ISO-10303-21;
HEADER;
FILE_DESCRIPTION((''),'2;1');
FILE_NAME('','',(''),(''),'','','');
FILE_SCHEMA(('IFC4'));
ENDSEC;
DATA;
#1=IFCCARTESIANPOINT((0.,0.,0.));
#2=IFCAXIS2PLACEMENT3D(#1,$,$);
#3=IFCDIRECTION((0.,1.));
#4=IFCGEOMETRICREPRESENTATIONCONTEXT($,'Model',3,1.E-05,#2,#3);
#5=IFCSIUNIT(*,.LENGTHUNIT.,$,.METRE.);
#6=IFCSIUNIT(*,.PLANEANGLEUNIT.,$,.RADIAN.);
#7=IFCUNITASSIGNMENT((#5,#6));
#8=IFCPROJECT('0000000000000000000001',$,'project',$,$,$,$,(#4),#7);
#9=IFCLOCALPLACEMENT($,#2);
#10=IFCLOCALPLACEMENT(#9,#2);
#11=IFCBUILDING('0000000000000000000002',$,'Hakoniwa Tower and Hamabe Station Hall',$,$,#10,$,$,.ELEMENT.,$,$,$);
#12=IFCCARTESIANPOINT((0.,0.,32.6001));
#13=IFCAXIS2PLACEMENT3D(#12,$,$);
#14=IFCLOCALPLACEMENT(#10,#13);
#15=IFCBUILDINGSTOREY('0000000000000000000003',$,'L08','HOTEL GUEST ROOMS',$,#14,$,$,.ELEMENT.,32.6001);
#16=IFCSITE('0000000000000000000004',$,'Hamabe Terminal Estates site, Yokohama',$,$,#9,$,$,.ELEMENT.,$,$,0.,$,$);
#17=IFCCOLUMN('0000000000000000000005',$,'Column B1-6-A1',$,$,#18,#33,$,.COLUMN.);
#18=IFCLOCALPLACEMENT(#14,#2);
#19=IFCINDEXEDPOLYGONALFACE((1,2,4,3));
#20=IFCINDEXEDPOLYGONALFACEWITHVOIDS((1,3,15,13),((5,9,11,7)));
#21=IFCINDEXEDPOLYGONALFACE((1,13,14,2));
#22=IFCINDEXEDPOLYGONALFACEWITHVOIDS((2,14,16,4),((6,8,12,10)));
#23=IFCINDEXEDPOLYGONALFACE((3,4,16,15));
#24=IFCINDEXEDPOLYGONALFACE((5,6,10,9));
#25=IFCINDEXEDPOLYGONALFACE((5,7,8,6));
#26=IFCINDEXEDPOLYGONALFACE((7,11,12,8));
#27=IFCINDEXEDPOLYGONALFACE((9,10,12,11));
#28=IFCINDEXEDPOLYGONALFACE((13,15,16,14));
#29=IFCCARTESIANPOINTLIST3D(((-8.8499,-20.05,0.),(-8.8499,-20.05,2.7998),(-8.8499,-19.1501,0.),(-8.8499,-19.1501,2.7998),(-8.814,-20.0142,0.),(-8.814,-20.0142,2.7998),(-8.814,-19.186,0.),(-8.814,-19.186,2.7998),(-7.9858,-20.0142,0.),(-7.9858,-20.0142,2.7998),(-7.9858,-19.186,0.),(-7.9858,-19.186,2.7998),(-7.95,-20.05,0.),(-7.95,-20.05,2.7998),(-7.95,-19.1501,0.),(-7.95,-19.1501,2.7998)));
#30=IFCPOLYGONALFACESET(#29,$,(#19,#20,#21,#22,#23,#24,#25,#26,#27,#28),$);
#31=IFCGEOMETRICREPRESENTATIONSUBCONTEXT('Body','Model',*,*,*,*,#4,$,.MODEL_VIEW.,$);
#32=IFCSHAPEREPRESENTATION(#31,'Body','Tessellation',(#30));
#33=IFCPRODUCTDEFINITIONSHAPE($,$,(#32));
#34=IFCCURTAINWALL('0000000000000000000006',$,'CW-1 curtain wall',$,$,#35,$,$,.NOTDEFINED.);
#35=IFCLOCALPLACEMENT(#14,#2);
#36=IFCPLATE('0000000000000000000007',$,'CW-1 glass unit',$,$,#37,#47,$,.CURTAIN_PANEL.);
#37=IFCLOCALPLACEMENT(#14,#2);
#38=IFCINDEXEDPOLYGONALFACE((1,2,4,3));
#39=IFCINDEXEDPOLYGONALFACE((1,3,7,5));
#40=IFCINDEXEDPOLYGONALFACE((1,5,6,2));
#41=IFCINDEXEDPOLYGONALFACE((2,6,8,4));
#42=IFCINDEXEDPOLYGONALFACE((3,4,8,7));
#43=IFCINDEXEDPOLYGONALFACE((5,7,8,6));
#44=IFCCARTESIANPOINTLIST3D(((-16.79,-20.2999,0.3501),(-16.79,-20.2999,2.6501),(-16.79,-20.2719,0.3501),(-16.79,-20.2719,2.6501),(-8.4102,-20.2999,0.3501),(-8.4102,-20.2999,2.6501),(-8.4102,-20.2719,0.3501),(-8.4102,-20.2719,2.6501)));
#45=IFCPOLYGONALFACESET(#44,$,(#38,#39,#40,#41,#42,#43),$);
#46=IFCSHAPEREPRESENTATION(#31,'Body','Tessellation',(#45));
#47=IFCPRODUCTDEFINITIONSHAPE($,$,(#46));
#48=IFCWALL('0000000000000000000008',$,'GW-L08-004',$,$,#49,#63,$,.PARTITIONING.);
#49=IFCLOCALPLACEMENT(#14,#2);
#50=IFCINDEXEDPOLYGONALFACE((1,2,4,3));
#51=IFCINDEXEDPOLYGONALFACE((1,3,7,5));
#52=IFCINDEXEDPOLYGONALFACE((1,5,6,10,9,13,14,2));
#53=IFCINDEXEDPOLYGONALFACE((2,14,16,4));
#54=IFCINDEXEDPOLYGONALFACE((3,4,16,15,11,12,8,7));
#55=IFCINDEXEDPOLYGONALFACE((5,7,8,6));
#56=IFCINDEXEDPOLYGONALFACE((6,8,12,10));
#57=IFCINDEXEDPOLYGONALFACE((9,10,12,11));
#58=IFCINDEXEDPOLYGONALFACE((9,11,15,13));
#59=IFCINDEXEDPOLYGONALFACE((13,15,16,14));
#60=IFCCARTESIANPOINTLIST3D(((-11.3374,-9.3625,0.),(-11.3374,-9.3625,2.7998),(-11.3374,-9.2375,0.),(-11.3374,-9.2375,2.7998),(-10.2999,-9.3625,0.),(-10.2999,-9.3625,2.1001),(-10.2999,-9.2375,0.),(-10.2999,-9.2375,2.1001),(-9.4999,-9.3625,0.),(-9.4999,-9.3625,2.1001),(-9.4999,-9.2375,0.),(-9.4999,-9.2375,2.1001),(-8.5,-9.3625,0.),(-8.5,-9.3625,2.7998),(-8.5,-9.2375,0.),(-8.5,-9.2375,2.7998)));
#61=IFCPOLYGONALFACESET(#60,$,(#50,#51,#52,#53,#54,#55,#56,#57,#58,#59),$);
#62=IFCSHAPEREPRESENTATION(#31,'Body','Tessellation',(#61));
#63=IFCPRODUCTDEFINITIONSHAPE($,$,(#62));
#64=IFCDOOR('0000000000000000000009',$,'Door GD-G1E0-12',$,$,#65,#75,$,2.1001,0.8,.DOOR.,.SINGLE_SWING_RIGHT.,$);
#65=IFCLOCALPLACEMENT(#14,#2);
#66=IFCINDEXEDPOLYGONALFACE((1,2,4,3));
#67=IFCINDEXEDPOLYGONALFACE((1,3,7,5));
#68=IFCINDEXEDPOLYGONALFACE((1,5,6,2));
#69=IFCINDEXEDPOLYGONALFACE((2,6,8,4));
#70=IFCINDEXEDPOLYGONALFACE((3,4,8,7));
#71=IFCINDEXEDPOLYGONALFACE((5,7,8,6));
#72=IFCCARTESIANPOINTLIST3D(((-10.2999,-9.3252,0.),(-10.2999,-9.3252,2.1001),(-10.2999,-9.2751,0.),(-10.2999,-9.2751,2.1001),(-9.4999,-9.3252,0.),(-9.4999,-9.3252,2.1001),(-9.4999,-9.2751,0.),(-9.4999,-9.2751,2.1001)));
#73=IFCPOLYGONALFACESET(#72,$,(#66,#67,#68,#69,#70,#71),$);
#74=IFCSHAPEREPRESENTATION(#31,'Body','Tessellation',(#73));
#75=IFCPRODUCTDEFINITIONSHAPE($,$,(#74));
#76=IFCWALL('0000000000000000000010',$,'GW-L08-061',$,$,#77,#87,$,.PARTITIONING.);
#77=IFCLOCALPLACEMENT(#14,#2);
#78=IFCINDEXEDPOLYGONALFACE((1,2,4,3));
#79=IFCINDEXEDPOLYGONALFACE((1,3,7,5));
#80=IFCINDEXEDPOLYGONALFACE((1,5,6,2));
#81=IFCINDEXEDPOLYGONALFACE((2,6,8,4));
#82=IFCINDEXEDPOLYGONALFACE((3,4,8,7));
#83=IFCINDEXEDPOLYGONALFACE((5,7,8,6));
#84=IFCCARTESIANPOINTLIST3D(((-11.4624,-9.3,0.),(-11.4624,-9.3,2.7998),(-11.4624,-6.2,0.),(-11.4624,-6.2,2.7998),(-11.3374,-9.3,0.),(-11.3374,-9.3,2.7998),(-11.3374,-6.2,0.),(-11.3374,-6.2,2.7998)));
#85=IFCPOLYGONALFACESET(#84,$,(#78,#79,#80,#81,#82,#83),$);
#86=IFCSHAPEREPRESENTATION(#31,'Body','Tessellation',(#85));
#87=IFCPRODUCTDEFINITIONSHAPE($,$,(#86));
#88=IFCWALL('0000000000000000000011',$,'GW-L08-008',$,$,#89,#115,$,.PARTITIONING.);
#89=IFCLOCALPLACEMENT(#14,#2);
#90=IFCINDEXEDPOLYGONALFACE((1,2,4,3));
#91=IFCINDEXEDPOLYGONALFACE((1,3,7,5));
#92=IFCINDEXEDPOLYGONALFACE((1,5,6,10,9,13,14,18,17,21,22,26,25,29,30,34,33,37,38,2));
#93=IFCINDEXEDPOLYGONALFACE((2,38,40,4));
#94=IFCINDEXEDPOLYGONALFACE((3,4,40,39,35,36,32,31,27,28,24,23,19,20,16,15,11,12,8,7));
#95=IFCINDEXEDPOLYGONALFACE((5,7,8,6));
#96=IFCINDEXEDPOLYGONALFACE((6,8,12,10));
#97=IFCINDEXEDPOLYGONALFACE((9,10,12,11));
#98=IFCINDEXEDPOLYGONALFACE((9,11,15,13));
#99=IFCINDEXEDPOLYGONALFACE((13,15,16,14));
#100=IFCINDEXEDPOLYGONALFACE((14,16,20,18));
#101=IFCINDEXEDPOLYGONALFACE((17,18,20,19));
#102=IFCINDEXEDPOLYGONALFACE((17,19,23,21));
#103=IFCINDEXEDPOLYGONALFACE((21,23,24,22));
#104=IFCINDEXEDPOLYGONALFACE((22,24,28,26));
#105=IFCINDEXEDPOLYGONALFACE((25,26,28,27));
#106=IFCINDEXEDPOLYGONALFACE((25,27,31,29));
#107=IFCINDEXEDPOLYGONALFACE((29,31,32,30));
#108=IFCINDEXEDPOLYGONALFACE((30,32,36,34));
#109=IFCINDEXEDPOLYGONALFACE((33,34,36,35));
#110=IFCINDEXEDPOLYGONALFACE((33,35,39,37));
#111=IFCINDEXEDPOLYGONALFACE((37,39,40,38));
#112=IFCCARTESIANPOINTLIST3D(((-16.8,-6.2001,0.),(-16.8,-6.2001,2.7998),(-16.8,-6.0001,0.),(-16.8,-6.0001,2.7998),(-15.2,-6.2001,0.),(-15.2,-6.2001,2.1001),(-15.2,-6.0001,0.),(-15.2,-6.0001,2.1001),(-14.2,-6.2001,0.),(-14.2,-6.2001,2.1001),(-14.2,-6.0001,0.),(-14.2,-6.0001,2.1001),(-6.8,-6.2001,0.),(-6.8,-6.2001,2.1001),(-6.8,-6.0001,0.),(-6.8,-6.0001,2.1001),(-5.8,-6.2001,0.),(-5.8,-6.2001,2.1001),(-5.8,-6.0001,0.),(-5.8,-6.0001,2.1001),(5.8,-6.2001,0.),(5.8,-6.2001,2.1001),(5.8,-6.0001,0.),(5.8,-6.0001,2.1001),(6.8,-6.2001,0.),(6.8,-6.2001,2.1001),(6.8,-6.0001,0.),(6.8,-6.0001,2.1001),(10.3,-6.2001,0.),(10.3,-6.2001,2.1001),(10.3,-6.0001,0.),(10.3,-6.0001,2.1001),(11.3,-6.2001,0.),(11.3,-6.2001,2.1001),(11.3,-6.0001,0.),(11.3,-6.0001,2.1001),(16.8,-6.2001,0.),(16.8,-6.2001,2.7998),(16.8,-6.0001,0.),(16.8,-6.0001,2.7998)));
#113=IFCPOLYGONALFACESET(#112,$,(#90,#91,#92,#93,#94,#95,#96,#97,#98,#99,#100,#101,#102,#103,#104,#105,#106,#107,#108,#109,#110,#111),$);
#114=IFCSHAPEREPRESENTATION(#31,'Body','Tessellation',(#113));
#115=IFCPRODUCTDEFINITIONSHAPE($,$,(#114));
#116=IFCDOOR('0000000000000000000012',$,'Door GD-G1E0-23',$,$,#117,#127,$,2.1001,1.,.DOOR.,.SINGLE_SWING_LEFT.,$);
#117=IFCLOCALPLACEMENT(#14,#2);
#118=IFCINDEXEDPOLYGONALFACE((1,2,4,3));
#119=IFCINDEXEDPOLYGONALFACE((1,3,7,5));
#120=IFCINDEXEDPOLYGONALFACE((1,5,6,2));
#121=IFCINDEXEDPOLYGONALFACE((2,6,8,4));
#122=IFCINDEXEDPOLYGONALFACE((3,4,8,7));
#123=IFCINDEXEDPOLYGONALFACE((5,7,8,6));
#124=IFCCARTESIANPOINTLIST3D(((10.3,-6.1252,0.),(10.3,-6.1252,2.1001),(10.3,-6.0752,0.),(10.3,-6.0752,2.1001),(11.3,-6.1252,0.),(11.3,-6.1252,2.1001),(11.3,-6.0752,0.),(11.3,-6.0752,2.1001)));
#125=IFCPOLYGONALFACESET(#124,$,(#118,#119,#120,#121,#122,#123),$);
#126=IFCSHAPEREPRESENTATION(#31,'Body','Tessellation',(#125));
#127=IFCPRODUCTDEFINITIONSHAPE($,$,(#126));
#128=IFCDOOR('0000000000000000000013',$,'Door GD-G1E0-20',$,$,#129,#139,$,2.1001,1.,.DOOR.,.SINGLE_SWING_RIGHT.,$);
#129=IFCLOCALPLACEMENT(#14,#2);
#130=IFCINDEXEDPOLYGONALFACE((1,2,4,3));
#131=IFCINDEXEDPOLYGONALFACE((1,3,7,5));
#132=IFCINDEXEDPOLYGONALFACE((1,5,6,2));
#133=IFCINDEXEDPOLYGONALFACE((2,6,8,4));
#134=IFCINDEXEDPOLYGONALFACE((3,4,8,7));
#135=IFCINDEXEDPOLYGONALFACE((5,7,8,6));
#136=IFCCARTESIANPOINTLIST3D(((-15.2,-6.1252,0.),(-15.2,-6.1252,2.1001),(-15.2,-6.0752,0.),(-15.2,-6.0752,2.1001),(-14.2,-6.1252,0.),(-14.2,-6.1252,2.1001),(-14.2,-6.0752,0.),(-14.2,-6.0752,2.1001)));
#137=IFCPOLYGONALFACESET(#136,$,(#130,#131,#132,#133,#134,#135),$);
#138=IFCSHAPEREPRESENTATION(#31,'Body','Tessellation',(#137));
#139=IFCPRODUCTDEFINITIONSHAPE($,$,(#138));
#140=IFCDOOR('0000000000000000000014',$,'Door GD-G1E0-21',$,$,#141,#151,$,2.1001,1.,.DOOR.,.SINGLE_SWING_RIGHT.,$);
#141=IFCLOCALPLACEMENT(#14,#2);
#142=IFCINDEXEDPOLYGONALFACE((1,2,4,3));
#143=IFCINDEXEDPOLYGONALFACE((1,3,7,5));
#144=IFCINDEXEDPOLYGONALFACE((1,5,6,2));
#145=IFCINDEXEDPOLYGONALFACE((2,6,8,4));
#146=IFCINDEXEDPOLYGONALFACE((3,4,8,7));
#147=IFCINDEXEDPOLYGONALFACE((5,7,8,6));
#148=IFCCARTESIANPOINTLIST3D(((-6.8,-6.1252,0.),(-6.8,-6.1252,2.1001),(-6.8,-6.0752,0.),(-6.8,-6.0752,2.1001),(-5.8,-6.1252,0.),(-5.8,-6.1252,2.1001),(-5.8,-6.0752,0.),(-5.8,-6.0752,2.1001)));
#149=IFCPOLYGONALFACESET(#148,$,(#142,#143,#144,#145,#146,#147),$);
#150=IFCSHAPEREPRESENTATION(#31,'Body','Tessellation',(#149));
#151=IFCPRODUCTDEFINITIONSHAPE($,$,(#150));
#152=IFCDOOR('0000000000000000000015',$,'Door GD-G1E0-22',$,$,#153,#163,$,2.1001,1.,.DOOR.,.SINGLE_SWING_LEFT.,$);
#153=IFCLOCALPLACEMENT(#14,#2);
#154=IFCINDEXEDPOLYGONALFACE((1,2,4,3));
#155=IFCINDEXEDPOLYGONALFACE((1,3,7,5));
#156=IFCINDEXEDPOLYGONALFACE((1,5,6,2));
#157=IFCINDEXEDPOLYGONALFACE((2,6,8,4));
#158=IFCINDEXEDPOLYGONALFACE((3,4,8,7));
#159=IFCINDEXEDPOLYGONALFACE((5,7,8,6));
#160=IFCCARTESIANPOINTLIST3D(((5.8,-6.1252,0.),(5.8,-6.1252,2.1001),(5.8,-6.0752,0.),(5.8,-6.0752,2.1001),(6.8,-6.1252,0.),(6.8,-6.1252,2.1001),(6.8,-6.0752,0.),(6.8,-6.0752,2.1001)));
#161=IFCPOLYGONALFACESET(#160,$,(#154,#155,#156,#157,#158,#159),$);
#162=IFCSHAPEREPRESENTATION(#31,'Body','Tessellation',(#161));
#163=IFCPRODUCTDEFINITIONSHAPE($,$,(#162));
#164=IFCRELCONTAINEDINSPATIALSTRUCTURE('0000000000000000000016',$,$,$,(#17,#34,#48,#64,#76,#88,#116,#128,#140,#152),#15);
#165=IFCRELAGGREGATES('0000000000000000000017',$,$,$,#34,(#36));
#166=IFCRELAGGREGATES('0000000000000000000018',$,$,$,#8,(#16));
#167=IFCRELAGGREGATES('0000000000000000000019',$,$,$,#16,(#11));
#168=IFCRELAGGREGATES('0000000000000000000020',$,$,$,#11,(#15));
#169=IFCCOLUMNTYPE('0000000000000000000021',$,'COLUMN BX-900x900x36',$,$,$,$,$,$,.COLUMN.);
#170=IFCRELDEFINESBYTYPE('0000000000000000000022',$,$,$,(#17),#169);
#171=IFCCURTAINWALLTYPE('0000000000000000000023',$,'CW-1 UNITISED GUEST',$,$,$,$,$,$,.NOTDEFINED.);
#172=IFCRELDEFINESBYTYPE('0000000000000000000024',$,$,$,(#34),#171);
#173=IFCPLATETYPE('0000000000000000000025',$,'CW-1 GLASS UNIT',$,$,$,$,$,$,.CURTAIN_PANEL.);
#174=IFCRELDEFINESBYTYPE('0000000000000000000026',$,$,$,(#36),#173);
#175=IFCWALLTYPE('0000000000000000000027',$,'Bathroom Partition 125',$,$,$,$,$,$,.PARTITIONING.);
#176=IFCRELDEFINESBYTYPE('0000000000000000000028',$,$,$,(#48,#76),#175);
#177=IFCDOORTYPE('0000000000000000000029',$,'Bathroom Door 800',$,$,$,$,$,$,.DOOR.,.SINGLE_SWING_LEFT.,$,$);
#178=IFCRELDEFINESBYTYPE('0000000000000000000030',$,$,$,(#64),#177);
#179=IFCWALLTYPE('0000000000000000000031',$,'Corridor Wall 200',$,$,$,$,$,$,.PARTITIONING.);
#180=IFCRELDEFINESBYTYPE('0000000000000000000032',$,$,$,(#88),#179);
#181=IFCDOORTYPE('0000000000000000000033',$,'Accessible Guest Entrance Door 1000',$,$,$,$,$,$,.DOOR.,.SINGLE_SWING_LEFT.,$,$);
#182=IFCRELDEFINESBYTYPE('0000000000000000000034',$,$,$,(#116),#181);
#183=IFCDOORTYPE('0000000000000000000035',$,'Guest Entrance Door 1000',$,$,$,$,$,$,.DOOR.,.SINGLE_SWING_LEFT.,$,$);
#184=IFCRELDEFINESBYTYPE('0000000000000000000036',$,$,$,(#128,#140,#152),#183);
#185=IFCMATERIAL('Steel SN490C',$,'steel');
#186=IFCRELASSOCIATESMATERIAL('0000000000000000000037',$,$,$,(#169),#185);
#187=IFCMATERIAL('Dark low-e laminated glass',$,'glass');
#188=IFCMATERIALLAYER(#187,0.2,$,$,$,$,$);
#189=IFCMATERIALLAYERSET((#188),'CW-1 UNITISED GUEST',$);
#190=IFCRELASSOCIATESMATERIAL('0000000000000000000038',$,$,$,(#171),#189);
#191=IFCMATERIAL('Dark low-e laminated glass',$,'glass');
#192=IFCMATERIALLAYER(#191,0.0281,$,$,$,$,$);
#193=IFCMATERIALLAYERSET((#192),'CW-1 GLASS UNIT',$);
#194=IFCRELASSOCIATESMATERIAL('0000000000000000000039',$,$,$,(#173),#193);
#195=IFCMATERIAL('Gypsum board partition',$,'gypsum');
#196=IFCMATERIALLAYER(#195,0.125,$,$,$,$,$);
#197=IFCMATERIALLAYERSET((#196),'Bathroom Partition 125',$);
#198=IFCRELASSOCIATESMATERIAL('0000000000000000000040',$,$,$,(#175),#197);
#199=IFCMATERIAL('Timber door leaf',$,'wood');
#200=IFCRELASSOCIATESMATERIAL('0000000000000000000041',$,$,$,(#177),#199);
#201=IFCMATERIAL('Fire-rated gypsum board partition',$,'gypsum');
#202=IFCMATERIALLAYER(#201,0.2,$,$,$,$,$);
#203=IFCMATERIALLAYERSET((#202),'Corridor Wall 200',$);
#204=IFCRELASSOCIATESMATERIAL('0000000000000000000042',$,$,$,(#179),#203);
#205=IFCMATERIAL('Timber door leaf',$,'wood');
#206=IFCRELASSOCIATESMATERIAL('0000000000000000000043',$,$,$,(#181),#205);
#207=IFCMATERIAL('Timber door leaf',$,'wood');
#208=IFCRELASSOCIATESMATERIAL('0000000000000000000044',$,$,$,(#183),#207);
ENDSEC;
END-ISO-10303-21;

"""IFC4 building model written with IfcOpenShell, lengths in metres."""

from ifc_helpers import new_model, si_unit, direction, frame, frame_2d, origin, origin_2d, place, context, subcontext, project, spatial, rectangle, hollow_rectangle, extrude, material, layer, layer_set, material_profile, profile_set, type_object, element, fill, aggregate, save


model = new_model("IFC4")

# Units and contexts
model_context = context("Model", 3, precision=1e-05, world=origin(), true_north=direction((0.0, 1.0)))
body_context = subcontext(model_context, "Body", "Model", "MODEL_VIEW")
ifc_project = project(units=[si_unit("LENGTHUNIT", "METRE"), si_unit("PLANEANGLEUNIT", "RADIAN")], contexts=[model_context])

# Site, building, storey
site_placement = place(None, origin())
site = spatial("IfcSite", under=ifc_project, at=site_placement, Name="Hamabe Terminal Estates site, Yokohama", CompositionType="ELEMENT", RefElevation=0.0)
building_placement = place(site_placement, origin())
building = spatial("IfcBuilding", under=site, at=building_placement, Name="Hakoniwa Tower and Hamabe Station Hall", CompositionType="ELEMENT")
storey_placement = place(building_placement, frame((0.0, 0.0, 32.6001)))
storey = spatial("IfcBuildingStorey", under=building, at=storey_placement, Name="L08", Description="HOTEL GUEST ROOMS", CompositionType="ELEMENT", Elevation=32.6001)

# Column
ifc_material_1 = material(Name="Steel SN490C", Category="steel")
ifc_material_profile = material_profile(ifc_material_1, hollow_rectangle(XDim=0.8999, YDim=0.8999, WallThickness=0.0359, at=origin_2d()), Name="BX-900x900x36")
ifc_profile_set = profile_set([ifc_material_profile], Name="Steel SN490C")
column_type = type_object("IfcColumnType", Name="COLUMN BX-900x900x36", PredefinedType="COLUMN", material=ifc_profile_set)
column_placement = place(storey_placement, frame((-8.3999, -19.6001, 0.0), z_axis=(0.0, 0.0, 1.0), x_axis=(1.0, 0.0, 0.0)))
element("IfcColumn", 1, at=column_placement, inside=storey, type_object=column_type, Name="Column B1-6-A1", PredefinedType="COLUMN", context=body_context, shape_type="SweptSolid", body=[
    extrude(hollow_rectangle(XDim=0.8999, YDim=0.8999, WallThickness=0.0359, at=origin_2d()), origin(), (0.0, 0.0, 1.0), 2.7998),
])

# Curtain wall, plate
ifc_material_2 = material(Name="Dark low-e laminated glass", Category="glass")
ifc_layer_1 = layer(ifc_material_2, 0.2)
ifc_layer_set_1 = layer_set([ifc_layer_1], Name="CW-1 UNITISED GUEST")
curtain_wall_type = type_object("IfcCurtainWallType", Name="CW-1 UNITISED GUEST", PredefinedType="NOTDEFINED", material=ifc_layer_set_1)
curtain_wall_placement = place(storey_placement, origin())
curtain_wall = element("IfcCurtainWall", 2, at=curtain_wall_placement, inside=storey, type_object=curtain_wall_type, Name="CW-1 curtain wall", PredefinedType="NOTDEFINED")
ifc_material_3 = material(Name="Dark low-e laminated glass", Category="glass")
ifc_layer_2 = layer(ifc_material_3, 0.0281)
ifc_layer_set_2 = layer_set([ifc_layer_2], Name="CW-1 GLASS UNIT")
plate_type = type_object("IfcPlateType", Name="CW-1 GLASS UNIT", PredefinedType="CURTAIN_PANEL", material=ifc_layer_set_2)
plate_placement = place(storey_placement, frame((-12.6001, -20.2859, 0.3501), z_axis=(0.0, 0.0, 1.0), x_axis=(1.0, 0.0, 0.0)))
plate = element("IfcPlate", 3, at=plate_placement, type_object=plate_type, Name="CW-1 glass unit", PredefinedType="CURTAIN_PANEL", context=body_context, shape_type="SweptSolid", body=[
    extrude(rectangle(XDim=8.3799, YDim=0.0281, at=origin_2d()), origin(), (0.0, 0.0, 1.0), 2.3),
])
aggregate(curtain_wall, [plate])

# Wall, opening, door
ifc_material_4 = material(Name="Gypsum board partition", Category="gypsum")
ifc_layer_3 = layer(ifc_material_4, 0.125)
ifc_layer_set_3 = layer_set([ifc_layer_3], Name="Bathroom Partition 125")
wall_type_1 = type_object("IfcWallType", Name="Bathroom Partition 125", PredefinedType="PARTITIONING", material=ifc_layer_set_3)
wall_1_placement = place(storey_placement, frame((-11.3374, -9.3, 0.0), z_axis=(0.0, 0.0, 1.0), x_axis=(1.0, 0.0, 0.0)))
wall_1 = element("IfcWall", 4, at=wall_1_placement, inside=storey, type_object=wall_type_1, Name="GW-L08-004", PredefinedType="PARTITIONING", context=body_context, shape_type="SweptSolid", body=[
    extrude(rectangle(XDim=2.8374, YDim=0.125, at=frame_2d((1.4187, 0.0))), origin(), (0.0, 0.0, 1.0), 2.7998),
])
opening_1_placement = place(wall_1_placement, frame((1.0376, 0.0, 0.0)))
opening_1 = element("IfcOpeningElement", 5, at=opening_1_placement, cuts=wall_1, PredefinedType="OPENING", context=body_context, shape_type="SweptSolid", body=[
    extrude(rectangle(XDim=0.8, YDim=2.1001, at=frame_2d((0.3999, 1.05))), frame((0.0, 0.0725, 0.0), z_axis=(0.0, -1.0, 0.0), x_axis=(1.0, 0.0, 0.0)), (0.0, 0.0, 1.0), 0.145),
])
ifc_material_5 = material(Name="Timber door leaf", Category="wood")
door_type_1 = type_object("IfcDoorType", Name="Bathroom Door 800", OperationType="SINGLE_SWING_LEFT", PredefinedType="DOOR", material=ifc_material_5)
door_1_placement = place(opening_1_placement, origin())
door_1 = element("IfcDoor", 6, at=door_1_placement, inside=storey, type_object=door_type_1, Name="Door GD-G1E0-12", OperationType="SINGLE_SWING_RIGHT", OverallHeight=2.1001, OverallWidth=0.8, PredefinedType="DOOR", context=body_context, shape_type="SweptSolid", body=[
    extrude(rectangle(XDim=0.8, YDim=2.1001, at=frame_2d((0.3999, 1.05))), frame((0.0, 0.0249, 0.0), z_axis=(0.0, -1.0, 0.0), x_axis=(1.0, 0.0, 0.0)), (0.0, 0.0, 1.0), 0.05),
])
fill(opening_1, door_1)

# Wall
wall_2_placement = place(storey_placement, frame((-11.3999, -9.3, 0.0), z_axis=(0.0, 0.0, 1.0), x_axis=(0.0, 1.0, 0.0)))
element("IfcWall", 7, at=wall_2_placement, inside=storey, type_object=wall_type_1, Name="GW-L08-061", PredefinedType="PARTITIONING", context=body_context, shape_type="SweptSolid", body=[
    extrude(rectangle(XDim=3.1001, YDim=0.125, at=frame_2d((1.55, 0.0))), origin(), (0.0, 0.0, 1.0), 2.7998),
])

# Wall, openings, doors
ifc_material_6 = material(Name="Fire-rated gypsum board partition", Category="gypsum")
ifc_layer_4 = layer(ifc_material_6, 0.2)
ifc_layer_set_4 = layer_set([ifc_layer_4], Name="Corridor Wall 200")
wall_type_2 = type_object("IfcWallType", Name="Corridor Wall 200", PredefinedType="PARTITIONING", material=ifc_layer_set_4)
wall_3_placement = place(storey_placement, frame((-16.8, -6.1001, 0.0), z_axis=(0.0, 0.0, 1.0), x_axis=(1.0, 0.0, 0.0)))
wall_3 = element("IfcWall", 8, at=wall_3_placement, inside=storey, type_object=wall_type_2, Name="GW-L08-008", PredefinedType="PARTITIONING", context=body_context, shape_type="SweptSolid", body=[
    extrude(rectangle(XDim=33.6001, YDim=0.2, at=frame_2d((16.8, 0.0))), origin(), (0.0, 0.0, 1.0), 2.7998),
])
opening_2_placement = place(wall_3_placement, frame((1.6001, 0.0, 0.0)))
opening_2 = element("IfcOpeningElement", 9, at=opening_2_placement, cuts=wall_3, PredefinedType="OPENING", context=body_context, shape_type="SweptSolid", body=[
    extrude(rectangle(XDim=1.0, YDim=2.1001, at=frame_2d((0.5, 1.05))), frame((0.0, 0.1099, 0.0), z_axis=(0.0, -1.0, 0.0), x_axis=(1.0, 0.0, 0.0)), (0.0, 0.0, 1.0), 0.22),
])
opening_3_placement = place(wall_3_placement, frame((10.0, 0.0, 0.0)))
opening_3 = element("IfcOpeningElement", 10, at=opening_3_placement, cuts=wall_3, PredefinedType="OPENING", context=body_context, shape_type="SweptSolid", body=[
    extrude(rectangle(XDim=1.0, YDim=2.1001, at=frame_2d((0.5, 1.05))), frame((0.0, 0.1099, 0.0), z_axis=(0.0, -1.0, 0.0), x_axis=(1.0, 0.0, 0.0)), (0.0, 0.0, 1.0), 0.22),
])
opening_4_placement = place(wall_3_placement, frame((22.6001, 0.0, 0.0)))
opening_4 = element("IfcOpeningElement", 11, at=opening_4_placement, cuts=wall_3, PredefinedType="OPENING", context=body_context, shape_type="SweptSolid", body=[
    extrude(rectangle(XDim=1.0, YDim=2.1001, at=frame_2d((0.5, 1.05))), frame((0.0, 0.1099, 0.0), z_axis=(0.0, -1.0, 0.0), x_axis=(1.0, 0.0, 0.0)), (0.0, 0.0, 1.0), 0.22),
])
opening_5_placement = place(wall_3_placement, frame((27.1001, 0.0, 0.0)))
opening_5 = element("IfcOpeningElement", 12, at=opening_5_placement, cuts=wall_3, PredefinedType="OPENING", context=body_context, shape_type="SweptSolid", body=[
    extrude(rectangle(XDim=1.0, YDim=2.1001, at=frame_2d((0.5, 1.05))), frame((0.0, 0.1099, 0.0), z_axis=(0.0, -1.0, 0.0), x_axis=(1.0, 0.0, 0.0)), (0.0, 0.0, 1.0), 0.22),
])
ifc_material_7 = material(Name="Timber door leaf", Category="wood")
door_type_2 = type_object("IfcDoorType", Name="Accessible Guest Entrance Door 1000", OperationType="SINGLE_SWING_LEFT", PredefinedType="DOOR", material=ifc_material_7)
door_2_placement = place(opening_5_placement, origin())
door_2 = element("IfcDoor", 13, at=door_2_placement, inside=storey, type_object=door_type_2, Name="Door GD-G1E0-23", OperationType="SINGLE_SWING_LEFT", OverallHeight=2.1001, OverallWidth=1.0, PredefinedType="DOOR", context=body_context, shape_type="SweptSolid", body=[
    extrude(rectangle(XDim=1.0, YDim=2.1001, at=frame_2d((0.5, 1.05))), frame((0.0, 0.0249, 0.0), z_axis=(0.0, -1.0, 0.0), x_axis=(1.0, 0.0, 0.0)), (0.0, 0.0, 1.0), 0.05),
])
fill(opening_5, door_2)
ifc_material_8 = material(Name="Timber door leaf", Category="wood")
door_type_3 = type_object("IfcDoorType", Name="Guest Entrance Door 1000", OperationType="SINGLE_SWING_LEFT", PredefinedType="DOOR", material=ifc_material_8)
door_3_placement = place(opening_2_placement, origin())
door_3 = element("IfcDoor", 14, at=door_3_placement, inside=storey, type_object=door_type_3, Name="Door GD-G1E0-20", OperationType="SINGLE_SWING_RIGHT", OverallHeight=2.1001, OverallWidth=1.0, PredefinedType="DOOR", context=body_context, shape_type="SweptSolid", body=[
    extrude(rectangle(XDim=1.0, YDim=2.1001, at=frame_2d((0.5, 1.05))), frame((0.0, 0.0249, 0.0), z_axis=(0.0, -1.0, 0.0), x_axis=(1.0, 0.0, 0.0)), (0.0, 0.0, 1.0), 0.05),
])
fill(opening_2, door_3)
door_4_placement = place(opening_3_placement, origin())
door_4 = element("IfcDoor", 15, at=door_4_placement, inside=storey, type_object=door_type_3, Name="Door GD-G1E0-21", OperationType="SINGLE_SWING_RIGHT", OverallHeight=2.1001, OverallWidth=1.0, PredefinedType="DOOR", context=body_context, shape_type="SweptSolid", body=[
    extrude(rectangle(XDim=1.0, YDim=2.1001, at=frame_2d((0.5, 1.05))), frame((0.0, 0.0249, 0.0), z_axis=(0.0, -1.0, 0.0), x_axis=(1.0, 0.0, 0.0)), (0.0, 0.0, 1.0), 0.05),
])
fill(opening_3, door_4)
door_5_placement = place(opening_4_placement, origin())
door_5 = element("IfcDoor", 16, at=door_5_placement, inside=storey, type_object=door_type_3, Name="Door GD-G1E0-22", OperationType="SINGLE_SWING_LEFT", OverallHeight=2.1001, OverallWidth=1.0, PredefinedType="DOOR", context=body_context, shape_type="SweptSolid", body=[
    extrude(rectangle(XDim=1.0, YDim=2.1001, at=frame_2d((0.5, 1.05))), frame((0.0, 0.0249, 0.0), z_axis=(0.0, -1.0, 0.0), x_axis=(1.0, 0.0, 0.0)), (0.0, 0.0, 1.0), 0.05),
])
fill(opening_4, door_5)

save(model, "model.ifc")
